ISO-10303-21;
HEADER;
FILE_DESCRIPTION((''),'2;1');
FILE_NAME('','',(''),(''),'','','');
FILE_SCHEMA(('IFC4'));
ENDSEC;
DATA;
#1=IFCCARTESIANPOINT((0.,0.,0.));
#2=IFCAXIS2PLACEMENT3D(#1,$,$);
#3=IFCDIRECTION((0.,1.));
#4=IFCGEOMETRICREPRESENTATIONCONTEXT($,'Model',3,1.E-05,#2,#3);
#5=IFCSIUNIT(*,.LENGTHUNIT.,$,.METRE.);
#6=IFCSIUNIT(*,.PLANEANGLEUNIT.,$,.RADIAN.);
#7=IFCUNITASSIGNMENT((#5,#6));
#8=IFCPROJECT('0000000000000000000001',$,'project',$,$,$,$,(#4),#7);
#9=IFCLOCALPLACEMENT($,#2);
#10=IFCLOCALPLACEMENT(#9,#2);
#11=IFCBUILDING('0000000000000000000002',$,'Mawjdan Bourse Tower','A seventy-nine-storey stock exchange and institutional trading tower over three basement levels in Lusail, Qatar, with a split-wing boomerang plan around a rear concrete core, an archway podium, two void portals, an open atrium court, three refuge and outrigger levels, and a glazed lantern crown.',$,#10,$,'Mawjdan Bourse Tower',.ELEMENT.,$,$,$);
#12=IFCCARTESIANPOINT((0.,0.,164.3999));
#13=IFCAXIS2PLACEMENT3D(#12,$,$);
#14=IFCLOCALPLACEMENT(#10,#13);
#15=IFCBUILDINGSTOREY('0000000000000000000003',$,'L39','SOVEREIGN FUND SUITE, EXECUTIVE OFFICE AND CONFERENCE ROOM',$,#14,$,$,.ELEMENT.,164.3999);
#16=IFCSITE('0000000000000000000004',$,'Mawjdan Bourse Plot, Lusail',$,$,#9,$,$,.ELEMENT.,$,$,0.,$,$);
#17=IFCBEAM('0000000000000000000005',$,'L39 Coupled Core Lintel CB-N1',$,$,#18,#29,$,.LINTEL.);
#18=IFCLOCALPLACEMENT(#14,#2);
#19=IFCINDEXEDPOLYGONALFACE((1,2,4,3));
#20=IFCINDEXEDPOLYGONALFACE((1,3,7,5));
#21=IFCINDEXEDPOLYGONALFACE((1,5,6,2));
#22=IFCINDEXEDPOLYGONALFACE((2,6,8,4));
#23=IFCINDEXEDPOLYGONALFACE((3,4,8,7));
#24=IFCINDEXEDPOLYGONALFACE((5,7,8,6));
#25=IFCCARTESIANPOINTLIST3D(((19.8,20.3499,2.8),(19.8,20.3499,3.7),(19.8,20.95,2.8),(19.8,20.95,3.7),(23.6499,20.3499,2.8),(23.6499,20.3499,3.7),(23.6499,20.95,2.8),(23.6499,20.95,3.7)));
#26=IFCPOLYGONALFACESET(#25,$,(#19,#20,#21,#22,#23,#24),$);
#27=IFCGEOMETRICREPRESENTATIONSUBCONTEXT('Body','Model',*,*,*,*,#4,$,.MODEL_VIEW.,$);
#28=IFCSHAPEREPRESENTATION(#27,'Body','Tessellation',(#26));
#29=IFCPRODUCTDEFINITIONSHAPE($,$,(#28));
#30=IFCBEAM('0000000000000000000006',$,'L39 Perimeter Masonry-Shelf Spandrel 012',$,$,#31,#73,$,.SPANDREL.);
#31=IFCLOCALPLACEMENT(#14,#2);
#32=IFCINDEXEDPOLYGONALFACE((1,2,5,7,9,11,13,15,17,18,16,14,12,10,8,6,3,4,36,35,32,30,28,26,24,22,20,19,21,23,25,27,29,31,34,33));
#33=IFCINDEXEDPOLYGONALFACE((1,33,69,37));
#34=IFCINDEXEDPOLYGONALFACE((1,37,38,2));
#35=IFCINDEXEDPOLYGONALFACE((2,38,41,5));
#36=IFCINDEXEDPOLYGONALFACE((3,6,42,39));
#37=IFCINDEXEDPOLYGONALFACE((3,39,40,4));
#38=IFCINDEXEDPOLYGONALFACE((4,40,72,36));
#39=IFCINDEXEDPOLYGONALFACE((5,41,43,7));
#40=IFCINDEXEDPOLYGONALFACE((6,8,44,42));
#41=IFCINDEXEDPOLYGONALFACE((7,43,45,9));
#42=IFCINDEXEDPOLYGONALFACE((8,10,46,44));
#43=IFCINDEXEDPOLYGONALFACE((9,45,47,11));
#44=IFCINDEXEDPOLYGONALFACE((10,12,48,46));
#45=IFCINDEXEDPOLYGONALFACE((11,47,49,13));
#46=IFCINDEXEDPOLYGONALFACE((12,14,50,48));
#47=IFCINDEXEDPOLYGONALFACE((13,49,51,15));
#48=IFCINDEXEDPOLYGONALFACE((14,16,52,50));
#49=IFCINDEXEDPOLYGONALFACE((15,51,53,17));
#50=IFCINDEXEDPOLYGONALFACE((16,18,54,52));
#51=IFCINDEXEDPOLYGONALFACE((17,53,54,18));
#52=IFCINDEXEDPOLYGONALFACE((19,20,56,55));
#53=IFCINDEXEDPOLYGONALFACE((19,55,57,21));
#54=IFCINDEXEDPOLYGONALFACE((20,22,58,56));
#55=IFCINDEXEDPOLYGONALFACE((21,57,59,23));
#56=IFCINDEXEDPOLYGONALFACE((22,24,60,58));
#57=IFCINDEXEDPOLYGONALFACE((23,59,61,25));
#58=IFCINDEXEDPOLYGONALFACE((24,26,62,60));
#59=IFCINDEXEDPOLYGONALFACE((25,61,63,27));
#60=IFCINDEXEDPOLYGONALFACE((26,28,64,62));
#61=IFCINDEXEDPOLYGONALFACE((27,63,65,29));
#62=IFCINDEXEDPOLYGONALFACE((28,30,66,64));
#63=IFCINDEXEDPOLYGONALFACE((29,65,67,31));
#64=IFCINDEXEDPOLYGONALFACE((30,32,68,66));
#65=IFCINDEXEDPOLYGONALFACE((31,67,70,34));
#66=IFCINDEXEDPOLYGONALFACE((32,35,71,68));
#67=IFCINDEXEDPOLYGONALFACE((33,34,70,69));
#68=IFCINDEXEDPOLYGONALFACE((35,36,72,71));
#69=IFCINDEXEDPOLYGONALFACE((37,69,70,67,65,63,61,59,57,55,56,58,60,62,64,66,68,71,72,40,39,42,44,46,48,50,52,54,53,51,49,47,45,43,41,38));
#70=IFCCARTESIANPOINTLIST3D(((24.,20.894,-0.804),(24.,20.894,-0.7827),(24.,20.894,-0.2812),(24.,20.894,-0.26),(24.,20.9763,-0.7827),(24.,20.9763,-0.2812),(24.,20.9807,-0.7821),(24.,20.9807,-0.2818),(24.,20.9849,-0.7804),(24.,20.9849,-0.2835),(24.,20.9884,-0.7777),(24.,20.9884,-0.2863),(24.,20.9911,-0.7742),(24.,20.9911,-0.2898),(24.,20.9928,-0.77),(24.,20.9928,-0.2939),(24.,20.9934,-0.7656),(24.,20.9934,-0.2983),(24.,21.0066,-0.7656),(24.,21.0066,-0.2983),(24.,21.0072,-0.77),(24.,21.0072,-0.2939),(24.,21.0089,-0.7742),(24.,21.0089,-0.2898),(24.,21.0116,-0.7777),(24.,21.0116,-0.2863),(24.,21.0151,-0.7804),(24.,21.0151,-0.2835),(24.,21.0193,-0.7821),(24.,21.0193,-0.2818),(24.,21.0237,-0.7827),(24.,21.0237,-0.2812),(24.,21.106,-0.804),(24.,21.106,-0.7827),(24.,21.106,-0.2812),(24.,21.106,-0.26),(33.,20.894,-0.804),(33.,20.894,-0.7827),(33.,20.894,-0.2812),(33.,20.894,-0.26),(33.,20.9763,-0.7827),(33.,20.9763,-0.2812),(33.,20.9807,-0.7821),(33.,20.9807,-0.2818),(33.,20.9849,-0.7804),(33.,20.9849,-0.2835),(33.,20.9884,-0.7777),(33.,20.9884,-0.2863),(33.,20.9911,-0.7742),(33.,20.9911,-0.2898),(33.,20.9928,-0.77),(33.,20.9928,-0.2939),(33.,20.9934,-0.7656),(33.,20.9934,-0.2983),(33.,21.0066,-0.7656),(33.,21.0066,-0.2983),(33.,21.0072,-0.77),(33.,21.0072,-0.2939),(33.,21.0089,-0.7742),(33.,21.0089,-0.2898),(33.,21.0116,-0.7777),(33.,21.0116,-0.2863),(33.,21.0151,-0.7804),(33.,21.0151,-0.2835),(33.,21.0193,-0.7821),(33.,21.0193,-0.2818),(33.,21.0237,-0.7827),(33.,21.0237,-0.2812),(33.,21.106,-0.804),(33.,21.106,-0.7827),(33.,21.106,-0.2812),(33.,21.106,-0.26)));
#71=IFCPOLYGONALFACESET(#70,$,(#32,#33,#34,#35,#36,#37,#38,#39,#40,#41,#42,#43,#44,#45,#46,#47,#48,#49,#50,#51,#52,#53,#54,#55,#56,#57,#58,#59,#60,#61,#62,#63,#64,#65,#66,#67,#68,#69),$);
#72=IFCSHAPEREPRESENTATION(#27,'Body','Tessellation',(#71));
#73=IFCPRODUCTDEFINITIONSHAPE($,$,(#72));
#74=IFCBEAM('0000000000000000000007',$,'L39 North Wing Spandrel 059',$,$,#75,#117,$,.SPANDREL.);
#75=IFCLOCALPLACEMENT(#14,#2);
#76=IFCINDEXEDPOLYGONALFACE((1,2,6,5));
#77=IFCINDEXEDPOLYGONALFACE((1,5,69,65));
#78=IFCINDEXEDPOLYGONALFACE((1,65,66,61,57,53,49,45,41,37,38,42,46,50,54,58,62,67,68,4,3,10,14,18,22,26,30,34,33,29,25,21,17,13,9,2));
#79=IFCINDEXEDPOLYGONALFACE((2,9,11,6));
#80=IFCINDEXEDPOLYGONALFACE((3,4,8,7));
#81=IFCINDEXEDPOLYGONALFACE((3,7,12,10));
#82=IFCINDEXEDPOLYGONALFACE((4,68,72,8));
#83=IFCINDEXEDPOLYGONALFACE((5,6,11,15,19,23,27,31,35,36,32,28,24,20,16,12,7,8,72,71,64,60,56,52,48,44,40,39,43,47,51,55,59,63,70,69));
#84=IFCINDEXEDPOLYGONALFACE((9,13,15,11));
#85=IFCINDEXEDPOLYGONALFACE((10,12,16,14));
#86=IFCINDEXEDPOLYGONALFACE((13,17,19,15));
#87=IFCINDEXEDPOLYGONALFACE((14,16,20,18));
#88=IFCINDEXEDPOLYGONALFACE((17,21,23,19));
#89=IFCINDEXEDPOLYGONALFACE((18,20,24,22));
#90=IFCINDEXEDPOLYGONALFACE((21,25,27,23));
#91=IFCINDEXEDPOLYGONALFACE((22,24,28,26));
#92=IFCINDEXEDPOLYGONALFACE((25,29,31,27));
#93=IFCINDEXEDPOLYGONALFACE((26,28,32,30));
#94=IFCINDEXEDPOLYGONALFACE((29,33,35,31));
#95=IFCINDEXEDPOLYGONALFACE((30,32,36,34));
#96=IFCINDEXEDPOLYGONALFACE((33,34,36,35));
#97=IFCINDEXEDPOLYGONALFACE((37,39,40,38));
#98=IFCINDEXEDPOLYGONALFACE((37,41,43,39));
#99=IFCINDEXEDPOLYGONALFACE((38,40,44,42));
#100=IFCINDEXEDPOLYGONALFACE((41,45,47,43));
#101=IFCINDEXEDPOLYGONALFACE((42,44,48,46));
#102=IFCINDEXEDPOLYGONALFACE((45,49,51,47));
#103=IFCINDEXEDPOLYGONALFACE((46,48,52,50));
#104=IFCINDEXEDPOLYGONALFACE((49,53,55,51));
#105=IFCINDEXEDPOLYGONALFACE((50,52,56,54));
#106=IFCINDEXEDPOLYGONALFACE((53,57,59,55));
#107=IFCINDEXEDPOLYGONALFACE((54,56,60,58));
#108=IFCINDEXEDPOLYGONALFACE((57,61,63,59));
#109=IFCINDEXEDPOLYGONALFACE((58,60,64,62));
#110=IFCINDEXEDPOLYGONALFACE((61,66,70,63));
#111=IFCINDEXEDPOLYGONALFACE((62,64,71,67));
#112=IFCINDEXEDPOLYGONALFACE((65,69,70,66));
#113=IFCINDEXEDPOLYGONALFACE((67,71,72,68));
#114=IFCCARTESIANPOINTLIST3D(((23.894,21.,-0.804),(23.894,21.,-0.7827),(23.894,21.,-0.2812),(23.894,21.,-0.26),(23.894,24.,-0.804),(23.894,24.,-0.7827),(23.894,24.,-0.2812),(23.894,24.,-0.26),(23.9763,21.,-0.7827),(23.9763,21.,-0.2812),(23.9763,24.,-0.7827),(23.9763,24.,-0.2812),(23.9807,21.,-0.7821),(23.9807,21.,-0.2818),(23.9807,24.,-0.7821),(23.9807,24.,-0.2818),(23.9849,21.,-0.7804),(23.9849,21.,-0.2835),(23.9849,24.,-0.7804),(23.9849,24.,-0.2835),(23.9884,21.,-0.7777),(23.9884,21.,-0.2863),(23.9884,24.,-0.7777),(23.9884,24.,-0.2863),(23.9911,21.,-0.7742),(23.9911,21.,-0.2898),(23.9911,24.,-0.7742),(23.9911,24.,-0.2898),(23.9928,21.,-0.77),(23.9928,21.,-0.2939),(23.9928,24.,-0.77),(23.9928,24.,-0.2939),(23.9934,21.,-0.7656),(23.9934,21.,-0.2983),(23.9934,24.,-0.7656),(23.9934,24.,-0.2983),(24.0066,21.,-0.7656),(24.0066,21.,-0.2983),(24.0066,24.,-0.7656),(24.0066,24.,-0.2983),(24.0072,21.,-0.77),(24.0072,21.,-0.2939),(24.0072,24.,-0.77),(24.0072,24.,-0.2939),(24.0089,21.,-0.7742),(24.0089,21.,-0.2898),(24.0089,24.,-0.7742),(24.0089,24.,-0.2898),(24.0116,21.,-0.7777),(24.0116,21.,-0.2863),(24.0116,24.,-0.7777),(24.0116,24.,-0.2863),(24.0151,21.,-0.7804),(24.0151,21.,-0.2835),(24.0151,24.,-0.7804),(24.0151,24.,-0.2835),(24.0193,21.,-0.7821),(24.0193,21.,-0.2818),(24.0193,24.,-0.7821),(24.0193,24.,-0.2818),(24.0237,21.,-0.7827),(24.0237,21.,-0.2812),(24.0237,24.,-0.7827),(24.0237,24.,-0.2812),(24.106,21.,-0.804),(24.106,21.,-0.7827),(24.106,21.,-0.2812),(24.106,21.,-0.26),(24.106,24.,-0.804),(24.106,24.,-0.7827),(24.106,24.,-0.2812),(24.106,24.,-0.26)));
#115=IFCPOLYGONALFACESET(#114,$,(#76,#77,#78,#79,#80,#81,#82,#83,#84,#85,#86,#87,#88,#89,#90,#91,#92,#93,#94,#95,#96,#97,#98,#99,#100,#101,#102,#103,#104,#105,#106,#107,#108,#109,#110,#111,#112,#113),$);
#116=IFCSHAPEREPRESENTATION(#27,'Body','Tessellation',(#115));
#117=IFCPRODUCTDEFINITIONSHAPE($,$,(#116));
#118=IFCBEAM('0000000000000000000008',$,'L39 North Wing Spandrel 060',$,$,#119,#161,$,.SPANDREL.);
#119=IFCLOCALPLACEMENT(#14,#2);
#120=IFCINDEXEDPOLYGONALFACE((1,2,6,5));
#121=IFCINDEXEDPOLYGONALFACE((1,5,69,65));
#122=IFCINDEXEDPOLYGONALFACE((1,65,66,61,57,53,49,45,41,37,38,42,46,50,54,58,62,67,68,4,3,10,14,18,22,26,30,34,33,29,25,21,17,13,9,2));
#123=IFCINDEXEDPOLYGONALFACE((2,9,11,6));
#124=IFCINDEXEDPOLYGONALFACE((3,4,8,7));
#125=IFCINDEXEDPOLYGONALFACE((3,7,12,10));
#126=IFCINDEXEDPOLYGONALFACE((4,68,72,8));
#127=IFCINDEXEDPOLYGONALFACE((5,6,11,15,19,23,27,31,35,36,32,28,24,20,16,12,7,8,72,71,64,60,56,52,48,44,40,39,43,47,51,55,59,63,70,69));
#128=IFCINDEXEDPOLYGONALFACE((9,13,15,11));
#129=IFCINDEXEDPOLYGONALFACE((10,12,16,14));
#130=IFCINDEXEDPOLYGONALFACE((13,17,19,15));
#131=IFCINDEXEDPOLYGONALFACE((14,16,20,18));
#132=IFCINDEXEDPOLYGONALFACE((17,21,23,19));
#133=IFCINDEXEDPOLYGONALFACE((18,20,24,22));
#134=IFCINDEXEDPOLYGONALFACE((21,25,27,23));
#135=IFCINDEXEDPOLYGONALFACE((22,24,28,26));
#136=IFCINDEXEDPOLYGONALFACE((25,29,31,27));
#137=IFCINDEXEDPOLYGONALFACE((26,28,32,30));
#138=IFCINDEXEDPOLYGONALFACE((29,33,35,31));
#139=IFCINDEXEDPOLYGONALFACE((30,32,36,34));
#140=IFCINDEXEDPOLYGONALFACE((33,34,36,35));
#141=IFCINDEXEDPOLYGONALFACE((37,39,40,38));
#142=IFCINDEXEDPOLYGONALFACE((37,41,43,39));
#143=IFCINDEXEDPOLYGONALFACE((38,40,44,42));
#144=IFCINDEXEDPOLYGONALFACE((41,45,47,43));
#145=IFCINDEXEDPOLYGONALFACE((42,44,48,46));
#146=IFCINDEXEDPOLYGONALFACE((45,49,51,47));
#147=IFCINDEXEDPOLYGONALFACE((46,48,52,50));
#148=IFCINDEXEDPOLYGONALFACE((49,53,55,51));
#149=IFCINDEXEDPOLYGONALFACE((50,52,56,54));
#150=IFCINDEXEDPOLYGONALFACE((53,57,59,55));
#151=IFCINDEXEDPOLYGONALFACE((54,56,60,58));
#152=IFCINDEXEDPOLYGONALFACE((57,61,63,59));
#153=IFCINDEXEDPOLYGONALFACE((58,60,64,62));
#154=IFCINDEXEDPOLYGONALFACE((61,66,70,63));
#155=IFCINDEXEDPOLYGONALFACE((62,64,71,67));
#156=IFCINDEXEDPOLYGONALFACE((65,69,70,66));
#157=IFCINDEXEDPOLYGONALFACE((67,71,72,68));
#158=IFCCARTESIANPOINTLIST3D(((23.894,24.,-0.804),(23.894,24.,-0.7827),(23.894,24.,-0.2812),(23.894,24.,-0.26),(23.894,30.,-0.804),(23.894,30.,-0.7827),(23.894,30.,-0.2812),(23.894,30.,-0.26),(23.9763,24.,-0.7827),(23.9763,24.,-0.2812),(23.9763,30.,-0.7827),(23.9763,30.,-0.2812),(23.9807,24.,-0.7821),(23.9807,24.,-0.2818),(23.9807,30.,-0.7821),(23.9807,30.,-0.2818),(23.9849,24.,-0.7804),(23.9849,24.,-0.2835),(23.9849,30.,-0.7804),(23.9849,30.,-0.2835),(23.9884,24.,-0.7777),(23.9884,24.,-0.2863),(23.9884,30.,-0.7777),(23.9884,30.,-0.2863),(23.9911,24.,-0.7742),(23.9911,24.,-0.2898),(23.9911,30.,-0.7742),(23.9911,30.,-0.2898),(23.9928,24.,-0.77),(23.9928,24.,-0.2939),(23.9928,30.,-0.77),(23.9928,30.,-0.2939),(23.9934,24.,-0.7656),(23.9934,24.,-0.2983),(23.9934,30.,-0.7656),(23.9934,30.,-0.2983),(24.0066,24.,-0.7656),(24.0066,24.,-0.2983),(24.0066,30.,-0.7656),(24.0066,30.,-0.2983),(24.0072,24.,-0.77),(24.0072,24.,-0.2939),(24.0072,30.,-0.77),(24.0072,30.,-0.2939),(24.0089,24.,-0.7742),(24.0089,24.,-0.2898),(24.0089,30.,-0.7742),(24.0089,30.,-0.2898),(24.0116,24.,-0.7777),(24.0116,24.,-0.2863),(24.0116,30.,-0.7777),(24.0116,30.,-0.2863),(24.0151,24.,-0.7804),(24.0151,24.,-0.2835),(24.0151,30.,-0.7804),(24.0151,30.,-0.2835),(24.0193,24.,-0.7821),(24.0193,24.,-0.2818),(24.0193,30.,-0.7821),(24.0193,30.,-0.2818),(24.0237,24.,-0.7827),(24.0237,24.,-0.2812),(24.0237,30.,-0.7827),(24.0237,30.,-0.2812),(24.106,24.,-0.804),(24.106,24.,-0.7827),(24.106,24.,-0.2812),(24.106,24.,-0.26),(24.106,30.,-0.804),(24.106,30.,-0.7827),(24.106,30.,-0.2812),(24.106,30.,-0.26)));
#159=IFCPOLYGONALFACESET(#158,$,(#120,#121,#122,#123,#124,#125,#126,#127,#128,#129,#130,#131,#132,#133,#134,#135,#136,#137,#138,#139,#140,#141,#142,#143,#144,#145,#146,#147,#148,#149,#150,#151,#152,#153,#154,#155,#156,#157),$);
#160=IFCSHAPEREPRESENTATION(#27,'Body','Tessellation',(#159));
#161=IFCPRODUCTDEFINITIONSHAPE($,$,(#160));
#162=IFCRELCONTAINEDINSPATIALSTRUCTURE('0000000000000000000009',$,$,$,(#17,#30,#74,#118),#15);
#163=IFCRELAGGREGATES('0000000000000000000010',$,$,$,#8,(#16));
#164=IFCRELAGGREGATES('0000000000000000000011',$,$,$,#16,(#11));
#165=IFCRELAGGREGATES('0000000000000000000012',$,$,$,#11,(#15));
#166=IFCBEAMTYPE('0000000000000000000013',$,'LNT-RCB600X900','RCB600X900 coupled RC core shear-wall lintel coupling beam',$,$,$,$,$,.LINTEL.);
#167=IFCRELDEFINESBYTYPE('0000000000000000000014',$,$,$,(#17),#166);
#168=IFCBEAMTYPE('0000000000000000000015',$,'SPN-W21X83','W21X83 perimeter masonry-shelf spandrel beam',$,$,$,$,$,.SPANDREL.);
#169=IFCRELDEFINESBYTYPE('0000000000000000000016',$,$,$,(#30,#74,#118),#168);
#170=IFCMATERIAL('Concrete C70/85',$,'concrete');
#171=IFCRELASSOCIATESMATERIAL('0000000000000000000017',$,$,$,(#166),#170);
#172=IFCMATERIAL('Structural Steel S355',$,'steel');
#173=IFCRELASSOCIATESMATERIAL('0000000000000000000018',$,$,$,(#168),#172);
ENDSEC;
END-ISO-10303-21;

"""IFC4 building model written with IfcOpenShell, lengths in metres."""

from ifc_helpers import new_model, si_unit, direction, frame, origin, origin_2d, place, context, subcontext, project, spatial, rectangle, i_section, extrude, material, material_profile, profile_set, type_object, element, save


model = new_model("IFC4")

# Units and contexts
model_context = context("Model", 3, precision=1e-05, world=origin(), true_north=direction((0.0, 1.0)))
body_context = subcontext(model_context, "Body", "Model", "MODEL_VIEW")
ifc_project = project(units=[si_unit("LENGTHUNIT", "METRE"), si_unit("PLANEANGLEUNIT", "RADIAN")], contexts=[model_context])

# Site, building, storey
site_placement = place(None, origin())
site = spatial("IfcSite", under=ifc_project, at=site_placement, Name="Mawjdan Bourse Plot, Lusail", CompositionType="ELEMENT", RefElevation=0.0)
building_placement = place(site_placement, origin())
building = spatial("IfcBuilding", under=site, at=building_placement, Name="Mawjdan Bourse Tower", Description="A seventy-nine-storey stock exchange and institutional trading tower over three basement levels in Lusail, Qatar, with a split-wing boomerang plan around a rear concrete core, an archway podium, two void portals, an open atrium court, three refuge and outrigger levels, and a glazed lantern crown.", LongName="Mawjdan Bourse Tower", CompositionType="ELEMENT")
storey_placement = place(building_placement, frame((0.0, 0.0, 164.3999)))
storey = spatial("IfcBuildingStorey", under=building, at=storey_placement, Name="L39", Description="SOVEREIGN FUND SUITE, EXECUTIVE OFFICE AND CONFERENCE ROOM", CompositionType="ELEMENT", Elevation=164.3999)

# Shared definitions
ifc_material_1 = material(Name="Concrete C70/85", Category="concrete")

# Beams
ifc_material_2 = material(Name="Structural Steel S355", Category="steel")
ifc_material_profile_1 = material_profile(ifc_material_1, rectangle(XDim=0.6001, YDim=0.8999, at=origin_2d()), Name="RCB600X900")
ifc_profile_set_1 = profile_set([ifc_material_profile_1], Name="Concrete C70/85")
beam_type_1 = type_object("IfcBeamType", Name="LNT-RCB600X900", Description="RCB600X900 coupled RC core shear-wall lintel coupling beam", PredefinedType="LINTEL", material=ifc_profile_set_1)
beam_1_placement = place(storey_placement, frame((19.8, 20.6499, 3.25), z_axis=(1.0, 0.0, 0.0), x_axis=(0.0, 1.0, 0.0)))
element("IfcBeam", 1, at=beam_1_placement, inside=storey, type_object=beam_type_1, Name="L39 Coupled Core Lintel CB-N1", PredefinedType="LINTEL", context=body_context, shape_type="SweptSolid", body=[
    extrude(rectangle(XDim=0.6001, YDim=0.8999, at=origin_2d()), origin(), (0.0, 0.0, 1.0), 3.8499),
])
ifc_material_profile_2 = material_profile(ifc_material_2, i_section(OverallWidth=0.2119, OverallDepth=0.5439, WebThickness=0.0132, FlangeThickness=0.0212, FilletRadius=0.0171, at=origin_2d()), Name="W21X83")
ifc_profile_set_2 = profile_set([ifc_material_profile_2], Name="Structural Steel S355")
beam_type_2 = type_object("IfcBeamType", Name="SPN-W21X83", Description="W21X83 perimeter masonry-shelf spandrel beam", PredefinedType="SPANDREL", material=ifc_profile_set_2)
beam_2_placement = place(storey_placement, frame((24.0, 21.0, -0.532), z_axis=(1.0, 0.0, 0.0), x_axis=(0.0, 1.0, 0.0)))
element("IfcBeam", 2, at=beam_2_placement, inside=storey, type_object=beam_type_2, Name="L39 Perimeter Masonry-Shelf Spandrel 012", PredefinedType="SPANDREL", context=body_context, shape_type="SweptSolid", body=[
    extrude(i_section(OverallWidth=0.2119, OverallDepth=0.5439, WebThickness=0.0132, FlangeThickness=0.0212, FilletRadius=0.0171, at=origin_2d()), origin(), (0.0, 0.0, 1.0), 9.0),
])
beam_3_placement = place(storey_placement, frame((24.0, 21.0, -0.532), z_axis=(0.0, 1.0, 0.0), x_axis=(-1.0, 0.0, 0.0)))
element("IfcBeam", 3, at=beam_3_placement, inside=storey, type_object=beam_type_2, Name="L39 North Wing Spandrel 059", PredefinedType="SPANDREL", context=body_context, shape_type="SweptSolid", body=[
    extrude(i_section(OverallWidth=0.2119, OverallDepth=0.5439, WebThickness=0.0132, FlangeThickness=0.0212, FilletRadius=0.0171, at=origin_2d()), origin(), (0.0, 0.0, 1.0), 3.0),
])
for number, where, z_axis, x_axis, name in (
    (4, (24.0, 24.0, -0.532), (0.0, 1.0, 0.0), (-1.0, 0.0, 0.0), "L39 North Wing Spandrel 060"),
):
    element("IfcBeam", number, at=place(storey_placement, frame(where, z_axis=z_axis, x_axis=x_axis)), inside=storey, type_object=beam_type_2, Name=name, PredefinedType="SPANDREL", context=body_context, shape_type="SweptSolid", body=[
        extrude(i_section(OverallWidth=0.2119, OverallDepth=0.5439, WebThickness=0.0132, FlangeThickness=0.0212, FilletRadius=0.0171, at=origin_2d()), origin(), (0.0, 0.0, 1.0), 6.0),
    ])

save(model, "model.ifc")
